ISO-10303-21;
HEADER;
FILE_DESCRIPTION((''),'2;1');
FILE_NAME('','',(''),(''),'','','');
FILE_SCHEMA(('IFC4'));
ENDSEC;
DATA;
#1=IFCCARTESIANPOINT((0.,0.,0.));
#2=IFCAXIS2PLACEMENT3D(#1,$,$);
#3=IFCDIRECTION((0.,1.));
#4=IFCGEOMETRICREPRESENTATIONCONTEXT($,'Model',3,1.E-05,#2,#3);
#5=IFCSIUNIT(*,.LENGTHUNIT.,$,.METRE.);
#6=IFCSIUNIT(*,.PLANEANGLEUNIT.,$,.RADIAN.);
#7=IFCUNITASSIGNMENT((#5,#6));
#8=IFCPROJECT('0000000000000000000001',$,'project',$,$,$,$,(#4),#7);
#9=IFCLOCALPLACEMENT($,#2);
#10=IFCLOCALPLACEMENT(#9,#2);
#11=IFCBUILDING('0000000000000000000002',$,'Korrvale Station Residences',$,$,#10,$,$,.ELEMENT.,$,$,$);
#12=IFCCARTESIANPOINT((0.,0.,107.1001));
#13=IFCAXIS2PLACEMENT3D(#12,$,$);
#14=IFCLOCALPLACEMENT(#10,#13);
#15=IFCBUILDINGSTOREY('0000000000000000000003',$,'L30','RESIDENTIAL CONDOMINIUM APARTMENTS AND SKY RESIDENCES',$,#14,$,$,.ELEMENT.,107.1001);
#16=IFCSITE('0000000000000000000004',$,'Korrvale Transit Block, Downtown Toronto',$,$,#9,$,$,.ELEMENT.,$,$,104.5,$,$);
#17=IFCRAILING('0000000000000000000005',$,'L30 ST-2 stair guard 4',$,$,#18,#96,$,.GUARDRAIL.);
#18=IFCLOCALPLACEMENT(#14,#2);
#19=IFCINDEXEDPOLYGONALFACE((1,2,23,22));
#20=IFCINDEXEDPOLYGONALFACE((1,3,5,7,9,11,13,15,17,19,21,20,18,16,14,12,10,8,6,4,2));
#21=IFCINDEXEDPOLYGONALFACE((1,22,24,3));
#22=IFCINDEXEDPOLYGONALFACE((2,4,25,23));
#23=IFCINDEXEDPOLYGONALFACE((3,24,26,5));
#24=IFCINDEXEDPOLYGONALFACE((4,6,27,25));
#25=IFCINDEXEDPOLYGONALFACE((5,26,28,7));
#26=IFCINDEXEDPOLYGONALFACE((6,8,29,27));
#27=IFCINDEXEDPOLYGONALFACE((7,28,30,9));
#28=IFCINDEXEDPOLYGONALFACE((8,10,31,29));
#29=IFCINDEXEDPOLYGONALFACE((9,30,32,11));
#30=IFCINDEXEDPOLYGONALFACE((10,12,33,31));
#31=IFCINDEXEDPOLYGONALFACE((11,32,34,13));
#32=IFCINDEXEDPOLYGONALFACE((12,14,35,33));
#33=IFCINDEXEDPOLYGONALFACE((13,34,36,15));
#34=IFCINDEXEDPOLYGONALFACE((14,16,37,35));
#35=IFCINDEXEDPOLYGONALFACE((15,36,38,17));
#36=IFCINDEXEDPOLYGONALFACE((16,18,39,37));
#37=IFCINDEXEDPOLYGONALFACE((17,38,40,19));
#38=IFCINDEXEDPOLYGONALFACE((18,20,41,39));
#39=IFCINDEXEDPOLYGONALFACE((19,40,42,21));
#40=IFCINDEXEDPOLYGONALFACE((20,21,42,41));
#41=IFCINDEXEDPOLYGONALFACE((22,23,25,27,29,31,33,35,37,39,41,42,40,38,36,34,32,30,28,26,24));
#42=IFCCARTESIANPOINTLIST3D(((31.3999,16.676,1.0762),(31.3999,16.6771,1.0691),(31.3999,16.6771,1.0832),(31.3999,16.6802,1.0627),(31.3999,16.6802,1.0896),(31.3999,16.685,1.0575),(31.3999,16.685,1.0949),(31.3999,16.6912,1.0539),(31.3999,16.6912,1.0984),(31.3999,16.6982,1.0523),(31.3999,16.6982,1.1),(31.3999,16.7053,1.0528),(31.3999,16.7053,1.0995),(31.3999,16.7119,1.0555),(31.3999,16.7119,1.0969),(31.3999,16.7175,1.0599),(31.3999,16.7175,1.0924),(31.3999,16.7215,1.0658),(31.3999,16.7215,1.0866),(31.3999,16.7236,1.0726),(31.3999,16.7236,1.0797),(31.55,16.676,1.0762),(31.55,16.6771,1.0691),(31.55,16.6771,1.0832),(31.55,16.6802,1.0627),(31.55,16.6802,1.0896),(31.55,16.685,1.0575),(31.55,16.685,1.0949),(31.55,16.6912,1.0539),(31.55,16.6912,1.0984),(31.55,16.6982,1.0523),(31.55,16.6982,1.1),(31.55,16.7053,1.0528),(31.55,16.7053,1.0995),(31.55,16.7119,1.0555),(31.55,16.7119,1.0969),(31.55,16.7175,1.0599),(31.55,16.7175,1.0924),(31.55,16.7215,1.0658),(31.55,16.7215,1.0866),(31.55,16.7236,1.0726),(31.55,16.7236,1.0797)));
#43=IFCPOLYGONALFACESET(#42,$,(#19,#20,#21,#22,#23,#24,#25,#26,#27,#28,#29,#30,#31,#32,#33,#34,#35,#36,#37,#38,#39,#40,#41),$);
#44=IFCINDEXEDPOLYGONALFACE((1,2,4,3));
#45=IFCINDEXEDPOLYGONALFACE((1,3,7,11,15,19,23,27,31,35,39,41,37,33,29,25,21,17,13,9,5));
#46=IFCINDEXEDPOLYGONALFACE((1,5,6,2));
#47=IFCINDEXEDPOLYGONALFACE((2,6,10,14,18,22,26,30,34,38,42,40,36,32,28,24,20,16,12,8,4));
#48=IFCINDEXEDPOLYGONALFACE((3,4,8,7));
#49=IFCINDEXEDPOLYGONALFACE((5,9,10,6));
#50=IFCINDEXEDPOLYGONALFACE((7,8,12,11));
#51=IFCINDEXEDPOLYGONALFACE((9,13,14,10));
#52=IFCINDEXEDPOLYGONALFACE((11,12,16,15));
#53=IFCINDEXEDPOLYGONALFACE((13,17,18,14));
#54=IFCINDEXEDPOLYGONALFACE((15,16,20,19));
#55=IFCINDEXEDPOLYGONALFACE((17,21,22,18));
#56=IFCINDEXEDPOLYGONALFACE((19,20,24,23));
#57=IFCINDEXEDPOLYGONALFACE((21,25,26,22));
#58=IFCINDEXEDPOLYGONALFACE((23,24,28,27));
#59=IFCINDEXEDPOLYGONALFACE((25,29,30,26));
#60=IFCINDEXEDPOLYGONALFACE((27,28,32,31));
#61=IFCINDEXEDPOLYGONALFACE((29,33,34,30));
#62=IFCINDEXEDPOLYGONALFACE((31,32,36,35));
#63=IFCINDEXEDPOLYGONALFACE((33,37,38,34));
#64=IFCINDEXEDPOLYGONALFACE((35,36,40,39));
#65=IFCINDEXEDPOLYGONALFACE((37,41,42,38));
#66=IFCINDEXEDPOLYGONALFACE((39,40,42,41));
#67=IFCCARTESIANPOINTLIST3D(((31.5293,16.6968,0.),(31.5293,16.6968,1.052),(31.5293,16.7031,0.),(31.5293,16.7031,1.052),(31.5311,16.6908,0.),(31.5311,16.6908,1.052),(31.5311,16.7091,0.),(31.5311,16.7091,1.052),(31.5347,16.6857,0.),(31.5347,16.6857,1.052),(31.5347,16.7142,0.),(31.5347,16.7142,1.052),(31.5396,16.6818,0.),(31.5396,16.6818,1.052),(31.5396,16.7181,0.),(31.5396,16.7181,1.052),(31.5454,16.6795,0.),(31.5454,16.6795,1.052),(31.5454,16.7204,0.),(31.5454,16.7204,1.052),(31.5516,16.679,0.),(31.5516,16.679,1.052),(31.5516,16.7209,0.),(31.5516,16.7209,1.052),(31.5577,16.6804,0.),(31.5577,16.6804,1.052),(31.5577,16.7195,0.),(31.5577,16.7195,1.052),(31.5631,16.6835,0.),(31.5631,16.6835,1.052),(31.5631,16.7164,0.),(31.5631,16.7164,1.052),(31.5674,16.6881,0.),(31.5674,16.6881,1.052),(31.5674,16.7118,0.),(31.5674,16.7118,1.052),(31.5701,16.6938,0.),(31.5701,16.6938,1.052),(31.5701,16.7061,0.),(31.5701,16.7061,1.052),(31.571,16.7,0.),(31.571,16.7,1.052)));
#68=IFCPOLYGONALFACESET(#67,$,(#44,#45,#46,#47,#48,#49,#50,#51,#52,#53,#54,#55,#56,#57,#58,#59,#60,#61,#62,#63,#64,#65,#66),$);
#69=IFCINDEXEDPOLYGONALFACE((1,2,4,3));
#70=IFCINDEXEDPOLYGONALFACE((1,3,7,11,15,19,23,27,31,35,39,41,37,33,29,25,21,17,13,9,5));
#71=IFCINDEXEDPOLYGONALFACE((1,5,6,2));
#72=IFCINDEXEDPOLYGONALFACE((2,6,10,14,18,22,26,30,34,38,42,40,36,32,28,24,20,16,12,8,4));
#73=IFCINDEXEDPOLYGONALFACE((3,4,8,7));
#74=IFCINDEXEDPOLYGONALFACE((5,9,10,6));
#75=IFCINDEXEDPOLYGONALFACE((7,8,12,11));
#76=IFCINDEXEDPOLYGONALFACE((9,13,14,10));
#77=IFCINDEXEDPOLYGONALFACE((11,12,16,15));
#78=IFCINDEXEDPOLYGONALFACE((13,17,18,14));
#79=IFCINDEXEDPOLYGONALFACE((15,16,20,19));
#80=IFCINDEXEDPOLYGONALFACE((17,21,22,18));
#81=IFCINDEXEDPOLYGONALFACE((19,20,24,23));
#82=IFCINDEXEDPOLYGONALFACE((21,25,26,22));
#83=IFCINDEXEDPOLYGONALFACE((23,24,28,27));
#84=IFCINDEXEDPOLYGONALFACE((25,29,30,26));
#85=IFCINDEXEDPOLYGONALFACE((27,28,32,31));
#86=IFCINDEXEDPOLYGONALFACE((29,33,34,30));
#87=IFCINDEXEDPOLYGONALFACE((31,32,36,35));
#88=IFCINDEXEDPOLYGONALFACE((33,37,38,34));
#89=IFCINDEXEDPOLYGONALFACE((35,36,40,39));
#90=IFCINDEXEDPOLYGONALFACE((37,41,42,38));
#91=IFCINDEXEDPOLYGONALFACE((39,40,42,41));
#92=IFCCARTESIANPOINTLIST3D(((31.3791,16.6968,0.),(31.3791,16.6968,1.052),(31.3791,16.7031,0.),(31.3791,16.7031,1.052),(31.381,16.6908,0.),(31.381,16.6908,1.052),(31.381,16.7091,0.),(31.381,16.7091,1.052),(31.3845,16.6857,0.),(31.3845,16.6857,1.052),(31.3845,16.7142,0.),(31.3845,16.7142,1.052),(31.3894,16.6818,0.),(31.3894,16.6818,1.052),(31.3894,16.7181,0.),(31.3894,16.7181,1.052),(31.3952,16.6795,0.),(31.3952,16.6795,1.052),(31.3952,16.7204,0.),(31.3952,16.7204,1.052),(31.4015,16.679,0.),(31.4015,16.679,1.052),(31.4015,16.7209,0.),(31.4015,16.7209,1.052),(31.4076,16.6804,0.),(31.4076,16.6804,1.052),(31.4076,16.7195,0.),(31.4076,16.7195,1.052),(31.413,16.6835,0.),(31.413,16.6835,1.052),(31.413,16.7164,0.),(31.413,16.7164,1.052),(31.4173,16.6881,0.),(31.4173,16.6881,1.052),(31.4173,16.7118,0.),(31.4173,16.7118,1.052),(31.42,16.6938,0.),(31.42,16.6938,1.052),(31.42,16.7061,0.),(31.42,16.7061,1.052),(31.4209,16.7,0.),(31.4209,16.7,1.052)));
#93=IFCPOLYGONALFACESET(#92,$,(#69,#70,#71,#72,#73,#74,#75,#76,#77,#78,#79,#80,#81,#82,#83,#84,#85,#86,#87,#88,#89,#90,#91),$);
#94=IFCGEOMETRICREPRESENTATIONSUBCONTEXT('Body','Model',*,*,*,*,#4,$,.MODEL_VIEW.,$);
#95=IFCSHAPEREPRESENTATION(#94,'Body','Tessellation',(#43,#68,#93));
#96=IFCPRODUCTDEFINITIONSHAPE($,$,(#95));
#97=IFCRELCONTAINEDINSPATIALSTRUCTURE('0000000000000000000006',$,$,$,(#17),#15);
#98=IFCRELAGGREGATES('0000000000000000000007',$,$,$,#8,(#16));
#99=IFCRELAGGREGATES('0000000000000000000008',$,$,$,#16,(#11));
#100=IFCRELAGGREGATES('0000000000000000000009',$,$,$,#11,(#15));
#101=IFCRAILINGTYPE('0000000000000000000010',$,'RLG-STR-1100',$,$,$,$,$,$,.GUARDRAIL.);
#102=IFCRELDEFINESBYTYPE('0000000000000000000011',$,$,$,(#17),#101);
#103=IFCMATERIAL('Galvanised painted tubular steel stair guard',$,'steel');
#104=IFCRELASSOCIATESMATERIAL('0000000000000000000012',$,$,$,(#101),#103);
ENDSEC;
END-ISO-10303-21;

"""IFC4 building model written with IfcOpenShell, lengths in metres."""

from ifc_helpers import new_model, si_unit, direction, frame, origin, origin_2d, place, context, subcontext, project, spatial, circle, extrude, material, type_object, element, save


model = new_model("IFC4")

# Units and contexts
model_context = context("Model", 3, precision=1e-05, world=origin(), true_north=direction((0.0, 1.0)))
body_context = subcontext(model_context, "Body", "Model", "MODEL_VIEW")
ifc_project = project(units=[si_unit("LENGTHUNIT", "METRE"), si_unit("PLANEANGLEUNIT", "RADIAN")], contexts=[model_context])

# Site, building, storey
site_placement = place(None, origin())
site = spatial("IfcSite", under=ifc_project, at=site_placement, Name="Korrvale Transit Block, Downtown Toronto", CompositionType="ELEMENT", RefElevation=104.5)
building_placement = place(site_placement, origin())
building = spatial("IfcBuilding", under=site, at=building_placement, Name="Korrvale Station Residences", CompositionType="ELEMENT")
storey_placement = place(building_placement, frame((0.0, 0.0, 107.1001)))
storey = spatial("IfcBuildingStorey", under=building, at=storey_placement, Name="L30", Description="RESIDENTIAL CONDOMINIUM APARTMENTS AND SKY RESIDENCES", CompositionType="ELEMENT", Elevation=107.1001)

# Railing
ifc_material_1 = material(Name="Galvanised painted tubular steel stair guard", Category="steel")
railing_type_1 = type_object("IfcRailingType", Name="RLG-STR-1100", PredefinedType="GUARDRAIL", material=ifc_material_1)
railing_1_placement = place(storey_placement, frame((31.55, 16.7, 0.0)))
element("IfcRailing", 1, at=railing_1_placement, inside=storey, type_object=railing_type_1, Name="L30 ST-2 stair guard 4", PredefinedType="GUARDRAIL", context=body_context, shape_type="SweptSolid", body=[
    extrude(circle(Radius=0.0239, at=origin_2d()), frame((0.0, 0.0, 1.0762), z_axis=(-1.0, 0.0, 0.0), x_axis=(0.0, -1.0, 0.0)), (0.0, 0.0, 1.0), 0.1501),
    extrude(circle(Radius=0.021, at=origin_2d()), origin(), (0.0, 0.0, 1.0), 1.052),
    extrude(circle(Radius=0.021, at=origin_2d()), frame((-0.1501, 0.0, 0.0)), (0.0, 0.0, 1.0), 1.052),
])

save(model, "model.ifc")
